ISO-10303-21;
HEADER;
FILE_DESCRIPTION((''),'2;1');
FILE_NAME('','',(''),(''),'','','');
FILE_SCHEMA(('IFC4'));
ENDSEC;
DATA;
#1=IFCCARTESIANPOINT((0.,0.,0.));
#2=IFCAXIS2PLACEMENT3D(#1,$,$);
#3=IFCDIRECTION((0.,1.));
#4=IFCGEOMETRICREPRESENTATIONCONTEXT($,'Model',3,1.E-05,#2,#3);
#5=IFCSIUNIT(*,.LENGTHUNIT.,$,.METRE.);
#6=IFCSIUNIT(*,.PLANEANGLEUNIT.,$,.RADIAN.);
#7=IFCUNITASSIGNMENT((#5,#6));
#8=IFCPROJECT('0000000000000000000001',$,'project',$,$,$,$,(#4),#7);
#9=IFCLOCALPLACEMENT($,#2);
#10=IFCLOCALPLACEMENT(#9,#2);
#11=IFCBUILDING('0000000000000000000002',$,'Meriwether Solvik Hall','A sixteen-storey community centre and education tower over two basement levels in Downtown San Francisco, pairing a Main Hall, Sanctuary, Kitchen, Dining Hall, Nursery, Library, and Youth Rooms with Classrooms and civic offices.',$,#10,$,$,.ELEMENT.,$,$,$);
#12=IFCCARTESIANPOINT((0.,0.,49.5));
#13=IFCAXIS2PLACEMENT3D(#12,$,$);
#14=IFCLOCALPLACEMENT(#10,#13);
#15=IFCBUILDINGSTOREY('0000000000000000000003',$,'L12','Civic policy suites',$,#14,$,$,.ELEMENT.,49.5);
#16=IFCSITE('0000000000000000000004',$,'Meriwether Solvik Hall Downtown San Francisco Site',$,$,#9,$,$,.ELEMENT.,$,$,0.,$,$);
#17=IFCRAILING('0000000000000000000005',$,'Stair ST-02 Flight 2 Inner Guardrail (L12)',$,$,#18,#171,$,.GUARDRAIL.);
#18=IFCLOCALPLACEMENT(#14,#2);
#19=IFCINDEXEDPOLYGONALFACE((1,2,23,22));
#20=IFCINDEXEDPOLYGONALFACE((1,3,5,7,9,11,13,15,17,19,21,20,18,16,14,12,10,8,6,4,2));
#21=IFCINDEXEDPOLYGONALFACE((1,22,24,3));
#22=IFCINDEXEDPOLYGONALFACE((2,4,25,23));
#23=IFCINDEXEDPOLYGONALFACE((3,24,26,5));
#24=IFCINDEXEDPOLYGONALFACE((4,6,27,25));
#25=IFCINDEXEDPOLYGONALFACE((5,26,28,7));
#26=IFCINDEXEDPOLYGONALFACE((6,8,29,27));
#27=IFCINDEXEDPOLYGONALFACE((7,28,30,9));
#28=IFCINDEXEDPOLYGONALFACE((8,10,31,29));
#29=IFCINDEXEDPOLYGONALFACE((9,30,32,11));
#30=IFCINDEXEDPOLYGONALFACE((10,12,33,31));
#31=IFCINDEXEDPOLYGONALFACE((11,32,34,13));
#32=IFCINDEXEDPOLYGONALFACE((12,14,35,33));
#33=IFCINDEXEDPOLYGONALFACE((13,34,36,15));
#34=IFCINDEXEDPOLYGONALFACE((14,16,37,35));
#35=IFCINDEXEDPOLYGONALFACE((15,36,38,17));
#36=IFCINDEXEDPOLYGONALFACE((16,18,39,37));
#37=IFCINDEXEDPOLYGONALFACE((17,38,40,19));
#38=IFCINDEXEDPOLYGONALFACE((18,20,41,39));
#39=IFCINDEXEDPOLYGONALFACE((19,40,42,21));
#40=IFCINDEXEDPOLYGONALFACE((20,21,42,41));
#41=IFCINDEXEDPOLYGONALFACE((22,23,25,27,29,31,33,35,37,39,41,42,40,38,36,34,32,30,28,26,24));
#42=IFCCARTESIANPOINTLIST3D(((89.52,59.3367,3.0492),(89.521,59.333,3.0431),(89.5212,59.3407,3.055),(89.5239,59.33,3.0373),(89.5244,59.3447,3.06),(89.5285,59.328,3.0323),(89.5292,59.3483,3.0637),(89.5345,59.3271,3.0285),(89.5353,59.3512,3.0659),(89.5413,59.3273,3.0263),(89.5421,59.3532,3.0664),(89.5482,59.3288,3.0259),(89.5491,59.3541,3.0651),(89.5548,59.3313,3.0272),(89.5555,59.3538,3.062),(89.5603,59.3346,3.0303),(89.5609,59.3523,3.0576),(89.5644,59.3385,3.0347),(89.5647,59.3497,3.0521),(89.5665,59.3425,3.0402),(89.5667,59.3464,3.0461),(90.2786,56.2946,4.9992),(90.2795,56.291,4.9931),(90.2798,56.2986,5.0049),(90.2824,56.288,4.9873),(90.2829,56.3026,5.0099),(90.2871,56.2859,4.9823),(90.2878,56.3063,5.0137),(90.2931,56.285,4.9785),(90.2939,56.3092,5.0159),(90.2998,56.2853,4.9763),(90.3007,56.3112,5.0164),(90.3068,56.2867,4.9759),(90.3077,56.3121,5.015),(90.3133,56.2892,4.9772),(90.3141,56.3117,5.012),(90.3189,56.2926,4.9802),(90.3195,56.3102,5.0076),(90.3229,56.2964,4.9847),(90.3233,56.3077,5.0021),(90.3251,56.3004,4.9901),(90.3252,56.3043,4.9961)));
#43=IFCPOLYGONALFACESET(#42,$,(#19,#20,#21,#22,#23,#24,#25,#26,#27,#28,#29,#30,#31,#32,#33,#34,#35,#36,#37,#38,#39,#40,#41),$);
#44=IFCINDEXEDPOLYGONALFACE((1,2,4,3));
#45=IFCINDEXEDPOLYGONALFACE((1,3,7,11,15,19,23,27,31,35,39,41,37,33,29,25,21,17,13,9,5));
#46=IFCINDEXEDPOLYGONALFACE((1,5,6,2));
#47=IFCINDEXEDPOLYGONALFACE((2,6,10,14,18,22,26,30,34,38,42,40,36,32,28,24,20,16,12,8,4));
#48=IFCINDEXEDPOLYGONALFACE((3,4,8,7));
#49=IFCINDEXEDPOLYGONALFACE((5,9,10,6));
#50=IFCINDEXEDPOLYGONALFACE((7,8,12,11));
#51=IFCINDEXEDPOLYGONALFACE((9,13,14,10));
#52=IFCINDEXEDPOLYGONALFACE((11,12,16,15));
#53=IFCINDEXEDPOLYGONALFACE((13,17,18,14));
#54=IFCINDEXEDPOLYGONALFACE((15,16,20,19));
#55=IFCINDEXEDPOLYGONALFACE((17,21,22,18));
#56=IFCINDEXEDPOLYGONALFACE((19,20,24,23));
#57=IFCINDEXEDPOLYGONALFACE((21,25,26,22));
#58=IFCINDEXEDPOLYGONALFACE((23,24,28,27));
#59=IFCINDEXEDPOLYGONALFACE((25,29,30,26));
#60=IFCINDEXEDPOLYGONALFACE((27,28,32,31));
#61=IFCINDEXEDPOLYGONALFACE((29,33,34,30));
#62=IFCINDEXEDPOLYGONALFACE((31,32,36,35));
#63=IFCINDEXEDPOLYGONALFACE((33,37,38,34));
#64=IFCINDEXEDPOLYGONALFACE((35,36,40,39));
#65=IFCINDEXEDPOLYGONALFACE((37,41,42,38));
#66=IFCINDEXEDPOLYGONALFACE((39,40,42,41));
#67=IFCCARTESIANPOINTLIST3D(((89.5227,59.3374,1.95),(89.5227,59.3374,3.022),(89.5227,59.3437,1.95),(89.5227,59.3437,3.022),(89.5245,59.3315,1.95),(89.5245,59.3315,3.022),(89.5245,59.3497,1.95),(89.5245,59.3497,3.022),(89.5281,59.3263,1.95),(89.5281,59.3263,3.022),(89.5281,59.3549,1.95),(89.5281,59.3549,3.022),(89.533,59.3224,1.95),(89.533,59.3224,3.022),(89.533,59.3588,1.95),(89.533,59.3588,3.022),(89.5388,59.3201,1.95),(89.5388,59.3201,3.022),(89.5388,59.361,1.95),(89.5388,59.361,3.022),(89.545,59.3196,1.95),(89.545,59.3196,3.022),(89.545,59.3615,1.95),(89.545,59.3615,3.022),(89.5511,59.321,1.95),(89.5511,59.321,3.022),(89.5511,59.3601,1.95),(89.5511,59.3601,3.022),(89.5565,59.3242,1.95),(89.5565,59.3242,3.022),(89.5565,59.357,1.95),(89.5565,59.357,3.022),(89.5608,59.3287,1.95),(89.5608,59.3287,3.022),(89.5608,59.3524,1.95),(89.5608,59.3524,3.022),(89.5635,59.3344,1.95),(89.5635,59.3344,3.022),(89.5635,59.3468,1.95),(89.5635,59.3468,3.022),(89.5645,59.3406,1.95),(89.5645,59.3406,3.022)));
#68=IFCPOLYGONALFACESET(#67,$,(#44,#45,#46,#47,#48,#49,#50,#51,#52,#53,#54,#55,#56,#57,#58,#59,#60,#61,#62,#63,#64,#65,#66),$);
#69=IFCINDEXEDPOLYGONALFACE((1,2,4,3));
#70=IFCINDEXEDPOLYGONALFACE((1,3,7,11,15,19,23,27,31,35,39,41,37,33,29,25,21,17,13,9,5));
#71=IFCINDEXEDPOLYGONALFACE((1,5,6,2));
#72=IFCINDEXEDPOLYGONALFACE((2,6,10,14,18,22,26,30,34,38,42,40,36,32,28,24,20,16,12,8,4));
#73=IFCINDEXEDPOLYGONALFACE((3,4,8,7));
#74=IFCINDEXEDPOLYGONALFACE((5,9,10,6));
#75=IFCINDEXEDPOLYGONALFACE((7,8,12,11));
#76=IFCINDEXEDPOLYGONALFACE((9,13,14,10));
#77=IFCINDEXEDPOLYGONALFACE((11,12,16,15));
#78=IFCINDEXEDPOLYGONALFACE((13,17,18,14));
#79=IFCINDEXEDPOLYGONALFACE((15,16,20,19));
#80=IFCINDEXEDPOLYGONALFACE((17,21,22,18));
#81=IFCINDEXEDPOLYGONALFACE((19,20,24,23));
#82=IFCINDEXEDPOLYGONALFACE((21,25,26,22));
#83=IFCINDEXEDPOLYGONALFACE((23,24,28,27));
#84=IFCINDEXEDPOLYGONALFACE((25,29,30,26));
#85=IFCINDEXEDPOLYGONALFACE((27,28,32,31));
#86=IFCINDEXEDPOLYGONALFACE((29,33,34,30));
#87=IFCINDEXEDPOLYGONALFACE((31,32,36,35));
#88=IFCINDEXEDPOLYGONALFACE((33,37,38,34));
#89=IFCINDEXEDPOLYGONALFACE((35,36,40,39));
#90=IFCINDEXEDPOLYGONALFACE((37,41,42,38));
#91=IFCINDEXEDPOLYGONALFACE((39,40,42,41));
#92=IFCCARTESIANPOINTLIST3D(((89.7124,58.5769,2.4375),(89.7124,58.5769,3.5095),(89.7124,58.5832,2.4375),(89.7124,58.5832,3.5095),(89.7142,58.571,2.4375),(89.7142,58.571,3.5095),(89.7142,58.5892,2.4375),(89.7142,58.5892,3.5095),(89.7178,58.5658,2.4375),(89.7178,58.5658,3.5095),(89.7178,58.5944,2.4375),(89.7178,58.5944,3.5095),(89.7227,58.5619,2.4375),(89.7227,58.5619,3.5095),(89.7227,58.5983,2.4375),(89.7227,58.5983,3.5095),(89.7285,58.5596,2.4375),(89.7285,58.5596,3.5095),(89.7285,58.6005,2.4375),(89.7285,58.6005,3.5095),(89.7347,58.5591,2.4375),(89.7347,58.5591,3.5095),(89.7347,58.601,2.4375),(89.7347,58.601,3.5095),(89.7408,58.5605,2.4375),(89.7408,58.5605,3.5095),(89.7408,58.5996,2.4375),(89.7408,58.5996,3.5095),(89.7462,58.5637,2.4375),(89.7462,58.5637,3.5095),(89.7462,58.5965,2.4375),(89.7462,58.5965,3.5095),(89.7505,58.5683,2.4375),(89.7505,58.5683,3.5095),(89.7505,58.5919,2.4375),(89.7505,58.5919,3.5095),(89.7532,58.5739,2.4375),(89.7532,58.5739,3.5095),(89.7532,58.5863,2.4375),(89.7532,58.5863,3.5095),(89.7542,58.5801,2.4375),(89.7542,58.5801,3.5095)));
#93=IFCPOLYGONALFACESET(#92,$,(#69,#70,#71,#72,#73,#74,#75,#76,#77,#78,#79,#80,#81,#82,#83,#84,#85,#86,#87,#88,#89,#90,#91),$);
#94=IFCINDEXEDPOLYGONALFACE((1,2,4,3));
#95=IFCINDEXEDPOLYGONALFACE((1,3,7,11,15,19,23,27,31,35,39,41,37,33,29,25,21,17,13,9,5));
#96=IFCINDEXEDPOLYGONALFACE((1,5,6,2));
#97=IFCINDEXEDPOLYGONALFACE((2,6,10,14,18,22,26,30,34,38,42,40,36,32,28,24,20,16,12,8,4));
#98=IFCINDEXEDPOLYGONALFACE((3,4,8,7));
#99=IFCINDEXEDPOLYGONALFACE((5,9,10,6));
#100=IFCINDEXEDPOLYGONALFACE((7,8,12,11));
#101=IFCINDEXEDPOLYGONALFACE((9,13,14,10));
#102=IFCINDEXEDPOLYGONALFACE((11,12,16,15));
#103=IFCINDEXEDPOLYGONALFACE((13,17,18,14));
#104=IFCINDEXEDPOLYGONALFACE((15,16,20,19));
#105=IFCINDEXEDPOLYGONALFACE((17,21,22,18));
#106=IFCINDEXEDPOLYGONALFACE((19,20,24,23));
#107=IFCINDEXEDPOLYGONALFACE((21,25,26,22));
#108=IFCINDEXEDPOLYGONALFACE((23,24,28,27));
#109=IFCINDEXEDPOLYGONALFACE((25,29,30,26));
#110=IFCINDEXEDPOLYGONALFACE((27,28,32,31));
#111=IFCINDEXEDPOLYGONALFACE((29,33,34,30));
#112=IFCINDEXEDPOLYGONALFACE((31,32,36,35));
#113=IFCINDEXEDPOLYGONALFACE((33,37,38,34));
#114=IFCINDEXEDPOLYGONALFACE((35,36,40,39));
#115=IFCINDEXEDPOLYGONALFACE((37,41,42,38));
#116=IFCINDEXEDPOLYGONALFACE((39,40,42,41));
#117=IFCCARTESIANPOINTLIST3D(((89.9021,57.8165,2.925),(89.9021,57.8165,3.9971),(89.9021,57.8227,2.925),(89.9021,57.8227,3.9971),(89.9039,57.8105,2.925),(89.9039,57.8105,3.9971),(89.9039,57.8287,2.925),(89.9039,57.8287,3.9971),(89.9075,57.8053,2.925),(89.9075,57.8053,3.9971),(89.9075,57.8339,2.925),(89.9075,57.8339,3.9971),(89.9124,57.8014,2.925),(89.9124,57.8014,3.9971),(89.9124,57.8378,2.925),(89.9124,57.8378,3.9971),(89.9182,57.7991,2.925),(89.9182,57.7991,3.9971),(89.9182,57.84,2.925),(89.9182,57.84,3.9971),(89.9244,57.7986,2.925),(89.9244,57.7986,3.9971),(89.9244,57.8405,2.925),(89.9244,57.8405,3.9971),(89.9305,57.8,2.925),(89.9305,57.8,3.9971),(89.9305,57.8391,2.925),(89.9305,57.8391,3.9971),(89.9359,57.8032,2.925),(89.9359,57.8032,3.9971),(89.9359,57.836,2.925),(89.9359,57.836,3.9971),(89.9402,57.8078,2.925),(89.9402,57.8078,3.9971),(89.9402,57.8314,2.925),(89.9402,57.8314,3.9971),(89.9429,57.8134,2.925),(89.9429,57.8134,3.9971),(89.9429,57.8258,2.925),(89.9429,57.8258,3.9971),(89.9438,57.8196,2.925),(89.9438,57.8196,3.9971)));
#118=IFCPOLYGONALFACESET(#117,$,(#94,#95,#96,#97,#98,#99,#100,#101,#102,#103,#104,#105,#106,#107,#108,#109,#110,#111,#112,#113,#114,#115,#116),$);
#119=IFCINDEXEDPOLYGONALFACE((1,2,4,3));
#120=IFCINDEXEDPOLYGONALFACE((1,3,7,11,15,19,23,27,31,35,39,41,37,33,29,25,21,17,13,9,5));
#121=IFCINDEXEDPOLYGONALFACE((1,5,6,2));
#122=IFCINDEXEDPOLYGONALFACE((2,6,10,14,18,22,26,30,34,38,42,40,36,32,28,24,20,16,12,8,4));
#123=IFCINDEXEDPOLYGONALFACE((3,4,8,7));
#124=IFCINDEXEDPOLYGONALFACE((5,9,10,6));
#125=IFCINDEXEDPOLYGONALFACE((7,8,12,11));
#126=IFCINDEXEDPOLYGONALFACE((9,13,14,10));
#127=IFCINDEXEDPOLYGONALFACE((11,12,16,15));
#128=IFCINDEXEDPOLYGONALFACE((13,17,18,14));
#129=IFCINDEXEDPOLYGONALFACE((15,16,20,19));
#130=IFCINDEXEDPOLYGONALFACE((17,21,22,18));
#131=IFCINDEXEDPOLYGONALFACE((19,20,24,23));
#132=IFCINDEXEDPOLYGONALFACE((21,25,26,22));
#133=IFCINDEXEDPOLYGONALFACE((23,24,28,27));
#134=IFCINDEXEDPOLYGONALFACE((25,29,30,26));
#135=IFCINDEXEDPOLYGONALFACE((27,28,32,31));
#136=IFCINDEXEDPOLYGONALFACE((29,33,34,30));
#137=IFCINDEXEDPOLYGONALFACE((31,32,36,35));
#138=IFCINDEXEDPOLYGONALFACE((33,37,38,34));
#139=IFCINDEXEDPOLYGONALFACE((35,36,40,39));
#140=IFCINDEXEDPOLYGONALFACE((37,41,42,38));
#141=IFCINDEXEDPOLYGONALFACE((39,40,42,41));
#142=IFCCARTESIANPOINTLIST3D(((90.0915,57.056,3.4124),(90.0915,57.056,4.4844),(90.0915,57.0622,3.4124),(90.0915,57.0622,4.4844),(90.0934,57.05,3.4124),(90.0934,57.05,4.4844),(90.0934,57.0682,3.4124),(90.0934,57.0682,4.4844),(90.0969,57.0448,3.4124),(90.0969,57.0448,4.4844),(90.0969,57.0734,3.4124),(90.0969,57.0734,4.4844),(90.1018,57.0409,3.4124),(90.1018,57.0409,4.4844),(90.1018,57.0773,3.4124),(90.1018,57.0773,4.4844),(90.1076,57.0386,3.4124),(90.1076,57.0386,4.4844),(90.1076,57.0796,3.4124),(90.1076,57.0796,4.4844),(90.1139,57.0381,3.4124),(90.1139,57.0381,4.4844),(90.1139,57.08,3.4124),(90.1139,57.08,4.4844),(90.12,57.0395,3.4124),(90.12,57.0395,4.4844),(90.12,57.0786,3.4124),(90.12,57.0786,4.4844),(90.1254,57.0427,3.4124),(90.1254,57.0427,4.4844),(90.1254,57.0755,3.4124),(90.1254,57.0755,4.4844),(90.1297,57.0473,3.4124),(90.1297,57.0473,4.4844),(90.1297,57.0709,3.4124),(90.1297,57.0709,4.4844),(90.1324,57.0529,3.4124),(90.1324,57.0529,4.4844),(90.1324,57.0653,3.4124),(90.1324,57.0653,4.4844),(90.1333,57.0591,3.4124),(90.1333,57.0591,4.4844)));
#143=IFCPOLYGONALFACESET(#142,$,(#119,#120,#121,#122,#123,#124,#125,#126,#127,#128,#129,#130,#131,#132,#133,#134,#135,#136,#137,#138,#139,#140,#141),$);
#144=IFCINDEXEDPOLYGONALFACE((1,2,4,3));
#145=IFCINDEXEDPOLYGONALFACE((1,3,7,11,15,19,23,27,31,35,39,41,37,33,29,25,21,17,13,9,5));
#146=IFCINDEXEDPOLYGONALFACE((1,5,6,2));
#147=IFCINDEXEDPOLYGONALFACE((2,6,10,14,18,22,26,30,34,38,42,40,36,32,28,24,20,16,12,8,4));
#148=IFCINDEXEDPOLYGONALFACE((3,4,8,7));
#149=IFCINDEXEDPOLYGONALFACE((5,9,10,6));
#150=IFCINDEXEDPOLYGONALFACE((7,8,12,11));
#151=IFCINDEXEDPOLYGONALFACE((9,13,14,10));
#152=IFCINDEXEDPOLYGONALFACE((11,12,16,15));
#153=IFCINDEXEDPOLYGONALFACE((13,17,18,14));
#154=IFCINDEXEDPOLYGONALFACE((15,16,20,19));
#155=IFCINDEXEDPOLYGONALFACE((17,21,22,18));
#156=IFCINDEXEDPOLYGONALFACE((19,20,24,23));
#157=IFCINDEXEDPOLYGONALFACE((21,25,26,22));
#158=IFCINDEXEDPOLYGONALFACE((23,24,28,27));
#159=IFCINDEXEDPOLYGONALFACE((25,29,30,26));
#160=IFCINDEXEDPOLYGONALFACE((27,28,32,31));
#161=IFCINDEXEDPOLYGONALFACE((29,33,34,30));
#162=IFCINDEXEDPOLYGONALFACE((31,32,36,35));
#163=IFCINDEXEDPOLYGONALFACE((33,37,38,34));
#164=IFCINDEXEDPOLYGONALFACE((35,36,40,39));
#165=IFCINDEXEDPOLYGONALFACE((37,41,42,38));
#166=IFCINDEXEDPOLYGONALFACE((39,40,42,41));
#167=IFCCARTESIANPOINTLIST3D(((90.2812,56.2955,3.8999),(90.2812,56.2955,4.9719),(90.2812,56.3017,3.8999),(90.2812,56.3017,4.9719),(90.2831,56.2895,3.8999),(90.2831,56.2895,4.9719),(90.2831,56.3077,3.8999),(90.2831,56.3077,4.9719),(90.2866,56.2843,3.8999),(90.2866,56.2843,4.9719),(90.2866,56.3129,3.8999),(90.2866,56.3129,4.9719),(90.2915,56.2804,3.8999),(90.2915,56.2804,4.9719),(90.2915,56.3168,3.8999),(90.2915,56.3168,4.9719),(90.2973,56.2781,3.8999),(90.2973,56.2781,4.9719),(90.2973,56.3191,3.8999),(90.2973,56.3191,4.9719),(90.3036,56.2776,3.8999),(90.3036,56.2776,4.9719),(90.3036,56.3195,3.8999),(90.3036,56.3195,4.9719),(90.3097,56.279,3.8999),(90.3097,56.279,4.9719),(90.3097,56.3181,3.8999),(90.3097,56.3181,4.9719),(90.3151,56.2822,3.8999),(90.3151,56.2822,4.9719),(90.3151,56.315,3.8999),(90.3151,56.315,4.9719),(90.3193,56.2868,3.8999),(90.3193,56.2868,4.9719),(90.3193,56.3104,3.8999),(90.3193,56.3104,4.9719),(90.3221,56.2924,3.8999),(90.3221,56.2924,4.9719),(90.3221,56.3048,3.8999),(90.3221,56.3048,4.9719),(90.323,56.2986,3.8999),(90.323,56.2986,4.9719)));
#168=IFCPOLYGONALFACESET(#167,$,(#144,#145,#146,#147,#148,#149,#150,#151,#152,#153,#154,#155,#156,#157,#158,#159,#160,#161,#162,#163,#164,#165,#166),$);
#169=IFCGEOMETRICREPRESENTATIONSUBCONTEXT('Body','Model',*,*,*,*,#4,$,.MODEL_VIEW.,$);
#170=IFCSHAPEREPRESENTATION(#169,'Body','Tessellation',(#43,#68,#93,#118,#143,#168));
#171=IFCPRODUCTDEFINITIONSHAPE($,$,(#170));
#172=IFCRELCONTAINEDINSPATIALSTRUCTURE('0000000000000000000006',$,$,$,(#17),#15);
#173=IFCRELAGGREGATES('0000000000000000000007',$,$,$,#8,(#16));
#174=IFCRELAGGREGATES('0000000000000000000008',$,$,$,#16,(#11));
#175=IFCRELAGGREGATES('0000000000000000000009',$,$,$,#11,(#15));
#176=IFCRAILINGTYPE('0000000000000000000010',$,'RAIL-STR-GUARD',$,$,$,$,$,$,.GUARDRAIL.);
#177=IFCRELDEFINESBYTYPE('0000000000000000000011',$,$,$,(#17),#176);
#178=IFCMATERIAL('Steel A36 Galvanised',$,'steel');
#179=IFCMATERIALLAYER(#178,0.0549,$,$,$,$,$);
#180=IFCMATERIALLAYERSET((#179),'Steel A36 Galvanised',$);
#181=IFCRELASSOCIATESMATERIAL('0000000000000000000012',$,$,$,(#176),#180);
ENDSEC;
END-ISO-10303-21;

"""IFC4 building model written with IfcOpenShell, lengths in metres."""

from ifc_helpers import new_model, si_unit, direction, frame, origin, origin_2d, place, context, subcontext, project, spatial, circle, extrude, material, layer, layer_set, type_object, element, save


model = new_model("IFC4")

# Units and contexts
model_context = context("Model", 3, precision=1e-05, world=origin(), true_north=direction((0.0, 1.0)))
body_context = subcontext(model_context, "Body", "Model", "MODEL_VIEW")
ifc_project = project(units=[si_unit("LENGTHUNIT", "METRE"), si_unit("PLANEANGLEUNIT", "RADIAN")], contexts=[model_context])

# Site, building, storey
site_placement = place(None, origin())
site = spatial("IfcSite", under=ifc_project, at=site_placement, Name="Meriwether Solvik Hall Downtown San Francisco Site", CompositionType="ELEMENT", RefElevation=0.0)
building_placement = place(site_placement, origin())
building = spatial("IfcBuilding", under=site, at=building_placement, Name="Meriwether Solvik Hall", Description="A sixteen-storey community centre and education tower over two basement levels in Downtown San Francisco, pairing a Main Hall, Sanctuary, Kitchen, Dining Hall, Nursery, Library, and Youth Rooms with Classrooms and civic offices.", CompositionType="ELEMENT")
storey_placement = place(building_placement, frame((0.0, 0.0, 49.5)))
storey = spatial("IfcBuildingStorey", under=building, at=storey_placement, Name="L12", Description="Civic policy suites", CompositionType="ELEMENT", Elevation=49.5)

# Railing
ifc_material_1 = material(Name="Steel A36 Galvanised", Category="steel")
ifc_layer_1 = layer(ifc_material_1, 0.0549)
ifc_layer_set_1 = layer_set([ifc_layer_1], Name="Steel A36 Galvanised")
railing_type_1 = type_object("IfcRailingType", Name="RAIL-STR-GUARD", PredefinedType="GUARDRAIL", material=ifc_layer_set_1)
railing_1_placement = place(storey_placement, frame((89.5435, 59.3406, 1.95)))
element("IfcRailing", 1, at=railing_1_placement, inside=storey, type_object=railing_type_1, Name="Stair ST-02 Flight 2 Inner Guardrail (L12)", PredefinedType="GUARDRAIL", context=body_context, shape_type="SweptSolid", body=[
    extrude(circle(Radius=0.0239, at=origin_2d()), frame((0.0, 0.0, 1.0962), z_axis=(0.205452, -0.823925, 0.528145), x_axis=(0.970289, 0.241949, 0.0)), (0.0, 0.0, 1.0), 3.6921),
    extrude(circle(Radius=0.021, at=origin_2d()), origin(), (0.0, 0.0, 1.0), 1.072),
    extrude(circle(Radius=0.021, at=origin_2d()), frame((0.1897, -0.7605, 0.4875)), (0.0, 0.0, 1.0), 1.072),
    extrude(circle(Radius=0.021, at=origin_2d()), frame((0.3794, -1.521, 0.9751)), (0.0, 0.0, 1.0), 1.072),
    extrude(circle(Radius=0.021, at=origin_2d()), frame((0.5688, -2.2815, 1.4624)), (0.0, 0.0, 1.0), 1.072),
    extrude(circle(Radius=0.021, at=origin_2d()), frame((0.7585, -3.042, 1.95)), (0.0, 0.0, 1.0), 1.072),
])

save(model, "model.ifc")
